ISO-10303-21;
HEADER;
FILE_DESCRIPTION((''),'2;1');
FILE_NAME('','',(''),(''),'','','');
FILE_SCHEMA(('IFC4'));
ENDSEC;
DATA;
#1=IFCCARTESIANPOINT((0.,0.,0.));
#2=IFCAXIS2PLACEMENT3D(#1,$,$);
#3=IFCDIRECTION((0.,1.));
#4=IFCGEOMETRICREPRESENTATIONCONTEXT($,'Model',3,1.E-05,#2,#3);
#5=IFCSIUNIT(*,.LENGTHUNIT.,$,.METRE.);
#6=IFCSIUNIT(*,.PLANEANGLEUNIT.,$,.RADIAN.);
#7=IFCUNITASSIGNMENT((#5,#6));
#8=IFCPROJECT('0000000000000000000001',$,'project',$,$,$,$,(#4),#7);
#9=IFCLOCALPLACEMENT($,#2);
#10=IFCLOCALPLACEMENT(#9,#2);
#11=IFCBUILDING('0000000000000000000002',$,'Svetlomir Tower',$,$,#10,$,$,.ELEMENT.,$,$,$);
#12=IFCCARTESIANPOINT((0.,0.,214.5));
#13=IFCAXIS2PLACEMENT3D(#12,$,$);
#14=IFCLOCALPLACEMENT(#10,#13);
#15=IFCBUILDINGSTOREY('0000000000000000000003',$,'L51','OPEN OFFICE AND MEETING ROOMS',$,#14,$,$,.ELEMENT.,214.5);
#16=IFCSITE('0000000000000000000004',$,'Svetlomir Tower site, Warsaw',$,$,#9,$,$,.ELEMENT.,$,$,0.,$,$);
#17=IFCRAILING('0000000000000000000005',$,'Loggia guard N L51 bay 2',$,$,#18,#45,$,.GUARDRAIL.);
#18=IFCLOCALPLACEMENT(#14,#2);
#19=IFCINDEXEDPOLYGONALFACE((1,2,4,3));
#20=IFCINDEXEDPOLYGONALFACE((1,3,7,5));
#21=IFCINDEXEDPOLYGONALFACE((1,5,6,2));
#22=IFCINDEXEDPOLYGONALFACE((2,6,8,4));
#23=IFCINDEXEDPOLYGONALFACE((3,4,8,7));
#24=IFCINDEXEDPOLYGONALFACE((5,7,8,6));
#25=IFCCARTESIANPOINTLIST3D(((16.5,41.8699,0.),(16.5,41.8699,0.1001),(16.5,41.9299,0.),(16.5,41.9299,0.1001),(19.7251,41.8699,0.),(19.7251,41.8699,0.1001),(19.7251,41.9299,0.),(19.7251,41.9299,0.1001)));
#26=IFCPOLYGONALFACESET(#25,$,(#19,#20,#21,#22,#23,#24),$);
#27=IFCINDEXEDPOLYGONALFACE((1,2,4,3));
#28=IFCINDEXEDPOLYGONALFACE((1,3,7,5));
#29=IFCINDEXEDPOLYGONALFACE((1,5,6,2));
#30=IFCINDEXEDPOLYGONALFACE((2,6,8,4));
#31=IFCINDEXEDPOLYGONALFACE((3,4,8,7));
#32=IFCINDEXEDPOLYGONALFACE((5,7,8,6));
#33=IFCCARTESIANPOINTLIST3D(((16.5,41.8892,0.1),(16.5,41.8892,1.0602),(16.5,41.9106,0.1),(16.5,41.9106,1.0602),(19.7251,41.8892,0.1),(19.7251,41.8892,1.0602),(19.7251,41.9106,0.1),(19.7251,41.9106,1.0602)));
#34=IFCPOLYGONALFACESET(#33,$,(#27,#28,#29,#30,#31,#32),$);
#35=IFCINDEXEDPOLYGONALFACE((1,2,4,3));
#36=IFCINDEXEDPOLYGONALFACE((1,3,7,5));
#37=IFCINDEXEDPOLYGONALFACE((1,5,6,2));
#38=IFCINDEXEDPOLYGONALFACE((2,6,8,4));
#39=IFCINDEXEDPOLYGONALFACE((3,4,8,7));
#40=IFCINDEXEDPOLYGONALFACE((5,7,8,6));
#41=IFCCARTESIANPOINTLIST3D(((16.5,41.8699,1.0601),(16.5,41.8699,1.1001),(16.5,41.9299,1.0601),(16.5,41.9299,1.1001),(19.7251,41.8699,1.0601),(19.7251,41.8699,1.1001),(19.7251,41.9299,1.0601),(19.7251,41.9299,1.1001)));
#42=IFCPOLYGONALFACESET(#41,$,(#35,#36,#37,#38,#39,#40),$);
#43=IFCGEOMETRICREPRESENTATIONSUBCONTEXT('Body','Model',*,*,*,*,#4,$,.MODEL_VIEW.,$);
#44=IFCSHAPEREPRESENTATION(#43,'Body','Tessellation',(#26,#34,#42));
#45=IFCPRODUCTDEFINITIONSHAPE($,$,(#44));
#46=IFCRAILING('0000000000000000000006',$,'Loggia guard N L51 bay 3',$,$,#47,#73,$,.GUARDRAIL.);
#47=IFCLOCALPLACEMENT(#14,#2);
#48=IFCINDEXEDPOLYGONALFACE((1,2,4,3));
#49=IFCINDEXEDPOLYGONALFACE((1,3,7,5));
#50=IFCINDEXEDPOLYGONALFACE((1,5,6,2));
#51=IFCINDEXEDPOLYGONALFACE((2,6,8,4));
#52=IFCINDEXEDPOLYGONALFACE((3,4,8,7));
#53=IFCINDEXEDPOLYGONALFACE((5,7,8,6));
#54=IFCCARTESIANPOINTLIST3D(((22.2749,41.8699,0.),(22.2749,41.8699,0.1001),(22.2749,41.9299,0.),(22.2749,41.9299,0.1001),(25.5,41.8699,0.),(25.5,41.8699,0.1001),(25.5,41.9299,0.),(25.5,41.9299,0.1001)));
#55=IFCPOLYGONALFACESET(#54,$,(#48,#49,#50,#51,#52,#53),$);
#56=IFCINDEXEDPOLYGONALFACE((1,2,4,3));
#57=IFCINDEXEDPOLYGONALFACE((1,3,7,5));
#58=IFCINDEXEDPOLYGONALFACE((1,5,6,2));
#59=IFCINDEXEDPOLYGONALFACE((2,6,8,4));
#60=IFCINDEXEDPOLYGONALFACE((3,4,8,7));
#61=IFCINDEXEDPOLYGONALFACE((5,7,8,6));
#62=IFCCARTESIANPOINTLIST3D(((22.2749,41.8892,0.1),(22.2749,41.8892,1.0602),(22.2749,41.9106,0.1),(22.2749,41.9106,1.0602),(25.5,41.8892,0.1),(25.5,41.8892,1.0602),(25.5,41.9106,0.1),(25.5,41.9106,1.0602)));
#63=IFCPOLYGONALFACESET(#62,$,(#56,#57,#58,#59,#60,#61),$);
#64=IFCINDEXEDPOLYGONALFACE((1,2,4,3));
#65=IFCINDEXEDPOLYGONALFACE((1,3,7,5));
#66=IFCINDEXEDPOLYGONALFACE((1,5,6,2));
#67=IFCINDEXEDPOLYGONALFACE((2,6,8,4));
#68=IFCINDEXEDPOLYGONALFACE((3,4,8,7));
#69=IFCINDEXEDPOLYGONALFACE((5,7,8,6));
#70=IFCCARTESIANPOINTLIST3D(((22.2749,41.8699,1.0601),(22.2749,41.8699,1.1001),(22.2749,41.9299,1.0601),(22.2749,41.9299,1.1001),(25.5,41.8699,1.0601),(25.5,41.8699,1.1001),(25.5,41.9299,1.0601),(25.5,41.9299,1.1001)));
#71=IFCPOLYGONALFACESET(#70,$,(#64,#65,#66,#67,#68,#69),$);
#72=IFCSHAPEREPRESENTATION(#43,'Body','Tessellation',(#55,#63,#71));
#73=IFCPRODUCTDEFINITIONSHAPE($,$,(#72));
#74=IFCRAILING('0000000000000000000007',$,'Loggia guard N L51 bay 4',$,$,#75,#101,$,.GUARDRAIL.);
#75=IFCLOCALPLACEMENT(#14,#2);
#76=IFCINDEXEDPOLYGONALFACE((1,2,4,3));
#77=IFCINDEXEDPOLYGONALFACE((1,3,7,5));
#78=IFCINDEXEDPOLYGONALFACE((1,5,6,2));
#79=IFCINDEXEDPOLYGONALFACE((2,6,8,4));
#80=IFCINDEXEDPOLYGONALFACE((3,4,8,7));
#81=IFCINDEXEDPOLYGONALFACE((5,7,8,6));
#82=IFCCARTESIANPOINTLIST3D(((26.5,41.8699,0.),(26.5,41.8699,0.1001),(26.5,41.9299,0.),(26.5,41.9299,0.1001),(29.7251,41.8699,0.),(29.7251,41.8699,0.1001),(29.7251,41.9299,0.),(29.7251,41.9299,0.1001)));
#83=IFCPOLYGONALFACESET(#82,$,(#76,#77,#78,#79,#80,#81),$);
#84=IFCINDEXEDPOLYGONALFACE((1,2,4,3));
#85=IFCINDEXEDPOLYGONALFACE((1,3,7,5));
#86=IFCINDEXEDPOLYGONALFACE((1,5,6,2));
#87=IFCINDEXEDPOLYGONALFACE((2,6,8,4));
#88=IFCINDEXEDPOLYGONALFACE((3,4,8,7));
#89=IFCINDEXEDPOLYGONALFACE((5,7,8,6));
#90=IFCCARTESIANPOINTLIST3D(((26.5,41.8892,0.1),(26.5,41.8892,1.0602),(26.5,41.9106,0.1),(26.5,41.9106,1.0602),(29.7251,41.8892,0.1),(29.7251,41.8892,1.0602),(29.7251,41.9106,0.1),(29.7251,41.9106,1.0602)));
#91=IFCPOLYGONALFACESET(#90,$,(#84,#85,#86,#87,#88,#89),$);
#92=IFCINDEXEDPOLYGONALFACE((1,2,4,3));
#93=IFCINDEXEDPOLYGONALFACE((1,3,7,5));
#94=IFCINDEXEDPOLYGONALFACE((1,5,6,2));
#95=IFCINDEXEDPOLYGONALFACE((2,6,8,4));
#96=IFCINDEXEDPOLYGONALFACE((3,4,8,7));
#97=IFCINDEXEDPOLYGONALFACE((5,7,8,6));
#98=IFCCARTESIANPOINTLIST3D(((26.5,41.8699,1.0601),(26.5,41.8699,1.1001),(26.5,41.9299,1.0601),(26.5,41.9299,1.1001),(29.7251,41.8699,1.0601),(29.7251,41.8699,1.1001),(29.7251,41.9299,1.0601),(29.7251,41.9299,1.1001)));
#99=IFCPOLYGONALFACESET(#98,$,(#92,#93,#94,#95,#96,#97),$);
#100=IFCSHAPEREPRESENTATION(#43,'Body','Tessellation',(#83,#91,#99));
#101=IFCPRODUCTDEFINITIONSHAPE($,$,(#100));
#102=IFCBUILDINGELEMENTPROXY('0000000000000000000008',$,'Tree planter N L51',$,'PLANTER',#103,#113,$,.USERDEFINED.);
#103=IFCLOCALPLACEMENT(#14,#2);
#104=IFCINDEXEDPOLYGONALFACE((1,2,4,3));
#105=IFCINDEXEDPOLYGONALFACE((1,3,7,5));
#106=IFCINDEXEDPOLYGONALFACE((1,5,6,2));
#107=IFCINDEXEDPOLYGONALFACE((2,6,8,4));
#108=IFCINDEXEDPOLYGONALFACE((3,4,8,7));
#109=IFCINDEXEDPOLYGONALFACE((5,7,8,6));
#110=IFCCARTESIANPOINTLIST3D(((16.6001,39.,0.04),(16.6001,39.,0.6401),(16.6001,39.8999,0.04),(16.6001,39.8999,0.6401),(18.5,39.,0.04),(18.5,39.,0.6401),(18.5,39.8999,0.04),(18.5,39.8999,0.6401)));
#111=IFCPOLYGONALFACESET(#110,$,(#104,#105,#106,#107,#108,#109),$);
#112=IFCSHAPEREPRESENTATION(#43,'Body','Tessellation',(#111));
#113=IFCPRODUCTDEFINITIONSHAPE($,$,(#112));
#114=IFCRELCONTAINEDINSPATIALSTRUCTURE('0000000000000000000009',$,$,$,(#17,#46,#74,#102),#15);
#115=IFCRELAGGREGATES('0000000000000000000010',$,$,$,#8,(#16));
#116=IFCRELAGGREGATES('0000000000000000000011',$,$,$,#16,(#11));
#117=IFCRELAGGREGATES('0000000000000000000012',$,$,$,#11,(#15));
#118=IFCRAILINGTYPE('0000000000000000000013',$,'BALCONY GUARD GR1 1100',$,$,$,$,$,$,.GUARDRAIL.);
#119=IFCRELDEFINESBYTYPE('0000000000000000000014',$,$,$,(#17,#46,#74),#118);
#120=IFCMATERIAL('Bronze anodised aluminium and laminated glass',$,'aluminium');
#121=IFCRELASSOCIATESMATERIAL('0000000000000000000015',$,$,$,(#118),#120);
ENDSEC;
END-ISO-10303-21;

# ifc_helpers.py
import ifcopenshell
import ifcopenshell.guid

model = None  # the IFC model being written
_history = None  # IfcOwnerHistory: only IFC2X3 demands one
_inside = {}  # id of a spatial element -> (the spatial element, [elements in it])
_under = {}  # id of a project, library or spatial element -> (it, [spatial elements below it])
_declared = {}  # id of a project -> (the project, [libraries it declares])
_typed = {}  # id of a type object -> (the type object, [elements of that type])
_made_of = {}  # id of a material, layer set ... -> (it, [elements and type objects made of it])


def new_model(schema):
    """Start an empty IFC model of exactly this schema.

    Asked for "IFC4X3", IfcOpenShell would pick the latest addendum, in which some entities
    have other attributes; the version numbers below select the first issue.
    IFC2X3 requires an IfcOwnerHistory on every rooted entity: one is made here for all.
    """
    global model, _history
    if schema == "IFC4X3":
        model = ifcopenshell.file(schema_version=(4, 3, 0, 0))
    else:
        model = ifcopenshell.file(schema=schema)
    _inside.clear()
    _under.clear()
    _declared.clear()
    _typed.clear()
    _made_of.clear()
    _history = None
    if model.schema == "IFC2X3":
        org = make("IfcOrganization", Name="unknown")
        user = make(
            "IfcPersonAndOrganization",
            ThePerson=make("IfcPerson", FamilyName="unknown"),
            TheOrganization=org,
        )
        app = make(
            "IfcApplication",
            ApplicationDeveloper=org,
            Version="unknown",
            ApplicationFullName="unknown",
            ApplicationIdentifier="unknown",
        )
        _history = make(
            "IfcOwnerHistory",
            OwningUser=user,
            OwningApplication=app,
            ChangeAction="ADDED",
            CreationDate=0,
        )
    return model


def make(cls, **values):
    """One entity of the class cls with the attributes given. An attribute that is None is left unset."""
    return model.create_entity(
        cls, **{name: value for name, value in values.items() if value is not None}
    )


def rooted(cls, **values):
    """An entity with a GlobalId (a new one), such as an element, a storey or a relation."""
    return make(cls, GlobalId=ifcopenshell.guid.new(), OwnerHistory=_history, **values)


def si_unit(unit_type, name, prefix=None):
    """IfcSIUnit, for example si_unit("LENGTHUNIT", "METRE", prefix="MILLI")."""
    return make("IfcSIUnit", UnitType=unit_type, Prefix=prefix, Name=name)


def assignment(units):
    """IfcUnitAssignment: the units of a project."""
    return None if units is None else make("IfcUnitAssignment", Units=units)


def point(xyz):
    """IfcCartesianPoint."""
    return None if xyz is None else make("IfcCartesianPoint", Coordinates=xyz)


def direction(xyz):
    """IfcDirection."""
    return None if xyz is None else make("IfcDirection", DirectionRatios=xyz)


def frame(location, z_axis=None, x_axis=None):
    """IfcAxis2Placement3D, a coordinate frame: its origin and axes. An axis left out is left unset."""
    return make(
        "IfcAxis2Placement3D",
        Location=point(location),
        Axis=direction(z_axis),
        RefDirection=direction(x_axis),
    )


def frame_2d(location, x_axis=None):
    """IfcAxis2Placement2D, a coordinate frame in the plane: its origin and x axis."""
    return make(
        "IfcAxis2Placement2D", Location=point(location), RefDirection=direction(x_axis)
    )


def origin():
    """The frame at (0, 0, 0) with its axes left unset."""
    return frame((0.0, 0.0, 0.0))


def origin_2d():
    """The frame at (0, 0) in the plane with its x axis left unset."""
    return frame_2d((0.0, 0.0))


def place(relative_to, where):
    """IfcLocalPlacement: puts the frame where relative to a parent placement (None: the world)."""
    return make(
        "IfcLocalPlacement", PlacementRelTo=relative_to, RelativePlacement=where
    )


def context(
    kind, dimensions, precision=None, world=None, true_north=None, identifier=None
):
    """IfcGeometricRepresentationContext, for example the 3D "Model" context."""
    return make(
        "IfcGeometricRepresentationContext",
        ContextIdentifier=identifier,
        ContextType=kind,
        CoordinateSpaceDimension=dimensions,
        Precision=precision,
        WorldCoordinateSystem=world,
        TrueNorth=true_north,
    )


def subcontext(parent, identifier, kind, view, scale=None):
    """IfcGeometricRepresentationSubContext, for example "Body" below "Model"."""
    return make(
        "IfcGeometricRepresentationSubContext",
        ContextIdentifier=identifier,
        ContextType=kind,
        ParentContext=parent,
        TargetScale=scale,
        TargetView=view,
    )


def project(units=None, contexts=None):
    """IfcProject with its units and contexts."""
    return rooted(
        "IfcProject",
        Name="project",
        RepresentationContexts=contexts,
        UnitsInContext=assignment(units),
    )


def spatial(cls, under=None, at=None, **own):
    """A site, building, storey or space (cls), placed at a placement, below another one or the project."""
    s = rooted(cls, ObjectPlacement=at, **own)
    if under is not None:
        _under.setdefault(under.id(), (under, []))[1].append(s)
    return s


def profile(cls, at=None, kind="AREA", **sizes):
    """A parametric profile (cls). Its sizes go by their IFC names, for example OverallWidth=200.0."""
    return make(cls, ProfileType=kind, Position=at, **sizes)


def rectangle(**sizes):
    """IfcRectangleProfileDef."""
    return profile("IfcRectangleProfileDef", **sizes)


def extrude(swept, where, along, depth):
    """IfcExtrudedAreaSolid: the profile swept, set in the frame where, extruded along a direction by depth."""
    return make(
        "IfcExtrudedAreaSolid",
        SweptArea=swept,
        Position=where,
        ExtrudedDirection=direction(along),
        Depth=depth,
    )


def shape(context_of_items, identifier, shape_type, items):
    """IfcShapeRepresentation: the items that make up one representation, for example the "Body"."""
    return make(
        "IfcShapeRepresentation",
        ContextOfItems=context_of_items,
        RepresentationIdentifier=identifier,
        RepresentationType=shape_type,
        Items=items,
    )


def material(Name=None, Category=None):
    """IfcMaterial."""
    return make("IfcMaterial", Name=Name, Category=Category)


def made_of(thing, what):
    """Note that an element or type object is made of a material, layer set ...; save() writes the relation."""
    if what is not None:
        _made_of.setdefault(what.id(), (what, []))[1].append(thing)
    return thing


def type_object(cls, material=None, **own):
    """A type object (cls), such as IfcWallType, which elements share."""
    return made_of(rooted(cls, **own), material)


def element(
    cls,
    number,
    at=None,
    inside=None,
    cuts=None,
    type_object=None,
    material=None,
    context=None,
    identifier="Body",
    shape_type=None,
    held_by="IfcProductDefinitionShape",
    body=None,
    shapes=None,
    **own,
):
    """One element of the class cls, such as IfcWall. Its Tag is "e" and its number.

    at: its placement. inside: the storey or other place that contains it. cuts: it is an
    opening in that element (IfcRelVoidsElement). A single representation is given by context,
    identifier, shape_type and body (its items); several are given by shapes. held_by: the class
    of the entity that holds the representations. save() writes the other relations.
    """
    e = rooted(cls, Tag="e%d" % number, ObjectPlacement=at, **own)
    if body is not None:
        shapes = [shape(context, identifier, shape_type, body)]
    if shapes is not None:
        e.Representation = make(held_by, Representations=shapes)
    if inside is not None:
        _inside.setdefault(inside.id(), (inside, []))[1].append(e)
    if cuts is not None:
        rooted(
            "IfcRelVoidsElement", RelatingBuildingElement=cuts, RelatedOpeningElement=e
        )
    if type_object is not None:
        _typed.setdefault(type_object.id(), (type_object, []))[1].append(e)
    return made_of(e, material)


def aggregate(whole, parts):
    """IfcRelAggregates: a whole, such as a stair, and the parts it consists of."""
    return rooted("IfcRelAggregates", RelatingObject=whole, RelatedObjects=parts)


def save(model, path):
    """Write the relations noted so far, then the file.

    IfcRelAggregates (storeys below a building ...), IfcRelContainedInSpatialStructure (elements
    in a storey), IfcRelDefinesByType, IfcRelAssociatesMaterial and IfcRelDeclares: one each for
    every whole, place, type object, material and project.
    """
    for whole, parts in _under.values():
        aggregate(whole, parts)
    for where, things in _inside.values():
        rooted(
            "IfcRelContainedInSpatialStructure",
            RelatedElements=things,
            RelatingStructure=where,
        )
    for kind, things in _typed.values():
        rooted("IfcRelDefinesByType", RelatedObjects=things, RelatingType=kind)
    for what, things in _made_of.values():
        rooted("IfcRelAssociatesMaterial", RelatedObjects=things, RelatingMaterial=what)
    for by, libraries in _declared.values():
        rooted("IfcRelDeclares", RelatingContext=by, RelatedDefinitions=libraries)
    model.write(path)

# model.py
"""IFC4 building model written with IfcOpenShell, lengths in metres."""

from ifc_helpers import new_model, si_unit, direction, frame, origin, origin_2d, place, context, subcontext, project, spatial, rectangle, extrude, material, type_object, element, save


model = new_model("IFC4")

# Units and contexts
model_context = context("Model", 3, precision=1e-05, world=origin(), true_north=direction((0.0, 1.0)))
body_context = subcontext(model_context, "Body", "Model", "MODEL_VIEW")
ifc_project = project(units=[si_unit("LENGTHUNIT", "METRE"), si_unit("PLANEANGLEUNIT", "RADIAN")], contexts=[model_context])

# Site, building, storey
site_placement = place(None, origin())
site = spatial("IfcSite", under=ifc_project, at=site_placement, Name="Svetlomir Tower site, Warsaw", CompositionType="ELEMENT", RefElevation=0.0)
building_placement = place(site_placement, origin())
building = spatial("IfcBuilding", under=site, at=building_placement, Name="Svetlomir Tower", CompositionType="ELEMENT")
storey_placement = place(building_placement, frame((0.0, 0.0, 214.5)))
storey = spatial("IfcBuildingStorey", under=building, at=storey_placement, Name="L51", Description="OPEN OFFICE AND MEETING ROOMS", CompositionType="ELEMENT", Elevation=214.5)

# Railings
ifc_material_1 = material(Name="Bronze anodised aluminium and laminated glass", Category="aluminium")
railing_type = type_object("IfcRailingType", Name="BALCONY GUARD GR1 1100", PredefinedType="GUARDRAIL", material=ifc_material_1)
for number, where, name in (
    (1, (16.5, 41.8999, 0.0), "Loggia guard N L51 bay 2"),
    (2, (22.2749, 41.8999, 0.0), "Loggia guard N L51 bay 3"),
    (3, (26.5, 41.8999, 0.0), "Loggia guard N L51 bay 4"),
):
    element("IfcRailing", number, at=place(storey_placement, frame(where)), inside=storey, type_object=railing_type, Name=name, PredefinedType="GUARDRAIL", context=body_context, shape_type="SweptSolid", body=[
        extrude(rectangle(XDim=0.0601, YDim=0.1001, at=origin_2d()), frame((0.0, 0.0, 0.05), z_axis=(1.0, 0.0, 0.0), x_axis=(0.0, 1.0, 0.0)), (0.0, 0.0, 1.0), 3.2251),
        extrude(rectangle(XDim=0.0215, YDim=0.9602, at=origin_2d()), frame((0.0, 0.0, 0.5801), z_axis=(1.0, 0.0, 0.0), x_axis=(0.0, 1.0, 0.0)), (0.0, 0.0, 1.0), 3.2251),
        extrude(rectangle(XDim=0.0601, YDim=0.04, at=origin_2d()), frame((0.0, 0.0, 1.0801), z_axis=(1.0, 0.0, 0.0), x_axis=(0.0, 1.0, 0.0)), (0.0, 0.0, 1.0), 3.2251),
    ])

# Building element proxy
proxy_placement = place(storey_placement, frame((17.55, 39.45, 0.04), z_axis=(0.0, 0.0, 1.0), x_axis=(1.0, 0.0, 0.0)))
element("IfcBuildingElementProxy", 4, at=proxy_placement, inside=storey, Name="Tree planter N L51", ObjectType="PLANTER", PredefinedType="USERDEFINED", context=body_context, shape_type="SweptSolid", body=[
    extrude(rectangle(XDim=1.8999, YDim=0.8999, at=origin_2d()), origin(), (0.0, 0.0, 1.0), 0.6001),
])

save(model, "model.ifc")
